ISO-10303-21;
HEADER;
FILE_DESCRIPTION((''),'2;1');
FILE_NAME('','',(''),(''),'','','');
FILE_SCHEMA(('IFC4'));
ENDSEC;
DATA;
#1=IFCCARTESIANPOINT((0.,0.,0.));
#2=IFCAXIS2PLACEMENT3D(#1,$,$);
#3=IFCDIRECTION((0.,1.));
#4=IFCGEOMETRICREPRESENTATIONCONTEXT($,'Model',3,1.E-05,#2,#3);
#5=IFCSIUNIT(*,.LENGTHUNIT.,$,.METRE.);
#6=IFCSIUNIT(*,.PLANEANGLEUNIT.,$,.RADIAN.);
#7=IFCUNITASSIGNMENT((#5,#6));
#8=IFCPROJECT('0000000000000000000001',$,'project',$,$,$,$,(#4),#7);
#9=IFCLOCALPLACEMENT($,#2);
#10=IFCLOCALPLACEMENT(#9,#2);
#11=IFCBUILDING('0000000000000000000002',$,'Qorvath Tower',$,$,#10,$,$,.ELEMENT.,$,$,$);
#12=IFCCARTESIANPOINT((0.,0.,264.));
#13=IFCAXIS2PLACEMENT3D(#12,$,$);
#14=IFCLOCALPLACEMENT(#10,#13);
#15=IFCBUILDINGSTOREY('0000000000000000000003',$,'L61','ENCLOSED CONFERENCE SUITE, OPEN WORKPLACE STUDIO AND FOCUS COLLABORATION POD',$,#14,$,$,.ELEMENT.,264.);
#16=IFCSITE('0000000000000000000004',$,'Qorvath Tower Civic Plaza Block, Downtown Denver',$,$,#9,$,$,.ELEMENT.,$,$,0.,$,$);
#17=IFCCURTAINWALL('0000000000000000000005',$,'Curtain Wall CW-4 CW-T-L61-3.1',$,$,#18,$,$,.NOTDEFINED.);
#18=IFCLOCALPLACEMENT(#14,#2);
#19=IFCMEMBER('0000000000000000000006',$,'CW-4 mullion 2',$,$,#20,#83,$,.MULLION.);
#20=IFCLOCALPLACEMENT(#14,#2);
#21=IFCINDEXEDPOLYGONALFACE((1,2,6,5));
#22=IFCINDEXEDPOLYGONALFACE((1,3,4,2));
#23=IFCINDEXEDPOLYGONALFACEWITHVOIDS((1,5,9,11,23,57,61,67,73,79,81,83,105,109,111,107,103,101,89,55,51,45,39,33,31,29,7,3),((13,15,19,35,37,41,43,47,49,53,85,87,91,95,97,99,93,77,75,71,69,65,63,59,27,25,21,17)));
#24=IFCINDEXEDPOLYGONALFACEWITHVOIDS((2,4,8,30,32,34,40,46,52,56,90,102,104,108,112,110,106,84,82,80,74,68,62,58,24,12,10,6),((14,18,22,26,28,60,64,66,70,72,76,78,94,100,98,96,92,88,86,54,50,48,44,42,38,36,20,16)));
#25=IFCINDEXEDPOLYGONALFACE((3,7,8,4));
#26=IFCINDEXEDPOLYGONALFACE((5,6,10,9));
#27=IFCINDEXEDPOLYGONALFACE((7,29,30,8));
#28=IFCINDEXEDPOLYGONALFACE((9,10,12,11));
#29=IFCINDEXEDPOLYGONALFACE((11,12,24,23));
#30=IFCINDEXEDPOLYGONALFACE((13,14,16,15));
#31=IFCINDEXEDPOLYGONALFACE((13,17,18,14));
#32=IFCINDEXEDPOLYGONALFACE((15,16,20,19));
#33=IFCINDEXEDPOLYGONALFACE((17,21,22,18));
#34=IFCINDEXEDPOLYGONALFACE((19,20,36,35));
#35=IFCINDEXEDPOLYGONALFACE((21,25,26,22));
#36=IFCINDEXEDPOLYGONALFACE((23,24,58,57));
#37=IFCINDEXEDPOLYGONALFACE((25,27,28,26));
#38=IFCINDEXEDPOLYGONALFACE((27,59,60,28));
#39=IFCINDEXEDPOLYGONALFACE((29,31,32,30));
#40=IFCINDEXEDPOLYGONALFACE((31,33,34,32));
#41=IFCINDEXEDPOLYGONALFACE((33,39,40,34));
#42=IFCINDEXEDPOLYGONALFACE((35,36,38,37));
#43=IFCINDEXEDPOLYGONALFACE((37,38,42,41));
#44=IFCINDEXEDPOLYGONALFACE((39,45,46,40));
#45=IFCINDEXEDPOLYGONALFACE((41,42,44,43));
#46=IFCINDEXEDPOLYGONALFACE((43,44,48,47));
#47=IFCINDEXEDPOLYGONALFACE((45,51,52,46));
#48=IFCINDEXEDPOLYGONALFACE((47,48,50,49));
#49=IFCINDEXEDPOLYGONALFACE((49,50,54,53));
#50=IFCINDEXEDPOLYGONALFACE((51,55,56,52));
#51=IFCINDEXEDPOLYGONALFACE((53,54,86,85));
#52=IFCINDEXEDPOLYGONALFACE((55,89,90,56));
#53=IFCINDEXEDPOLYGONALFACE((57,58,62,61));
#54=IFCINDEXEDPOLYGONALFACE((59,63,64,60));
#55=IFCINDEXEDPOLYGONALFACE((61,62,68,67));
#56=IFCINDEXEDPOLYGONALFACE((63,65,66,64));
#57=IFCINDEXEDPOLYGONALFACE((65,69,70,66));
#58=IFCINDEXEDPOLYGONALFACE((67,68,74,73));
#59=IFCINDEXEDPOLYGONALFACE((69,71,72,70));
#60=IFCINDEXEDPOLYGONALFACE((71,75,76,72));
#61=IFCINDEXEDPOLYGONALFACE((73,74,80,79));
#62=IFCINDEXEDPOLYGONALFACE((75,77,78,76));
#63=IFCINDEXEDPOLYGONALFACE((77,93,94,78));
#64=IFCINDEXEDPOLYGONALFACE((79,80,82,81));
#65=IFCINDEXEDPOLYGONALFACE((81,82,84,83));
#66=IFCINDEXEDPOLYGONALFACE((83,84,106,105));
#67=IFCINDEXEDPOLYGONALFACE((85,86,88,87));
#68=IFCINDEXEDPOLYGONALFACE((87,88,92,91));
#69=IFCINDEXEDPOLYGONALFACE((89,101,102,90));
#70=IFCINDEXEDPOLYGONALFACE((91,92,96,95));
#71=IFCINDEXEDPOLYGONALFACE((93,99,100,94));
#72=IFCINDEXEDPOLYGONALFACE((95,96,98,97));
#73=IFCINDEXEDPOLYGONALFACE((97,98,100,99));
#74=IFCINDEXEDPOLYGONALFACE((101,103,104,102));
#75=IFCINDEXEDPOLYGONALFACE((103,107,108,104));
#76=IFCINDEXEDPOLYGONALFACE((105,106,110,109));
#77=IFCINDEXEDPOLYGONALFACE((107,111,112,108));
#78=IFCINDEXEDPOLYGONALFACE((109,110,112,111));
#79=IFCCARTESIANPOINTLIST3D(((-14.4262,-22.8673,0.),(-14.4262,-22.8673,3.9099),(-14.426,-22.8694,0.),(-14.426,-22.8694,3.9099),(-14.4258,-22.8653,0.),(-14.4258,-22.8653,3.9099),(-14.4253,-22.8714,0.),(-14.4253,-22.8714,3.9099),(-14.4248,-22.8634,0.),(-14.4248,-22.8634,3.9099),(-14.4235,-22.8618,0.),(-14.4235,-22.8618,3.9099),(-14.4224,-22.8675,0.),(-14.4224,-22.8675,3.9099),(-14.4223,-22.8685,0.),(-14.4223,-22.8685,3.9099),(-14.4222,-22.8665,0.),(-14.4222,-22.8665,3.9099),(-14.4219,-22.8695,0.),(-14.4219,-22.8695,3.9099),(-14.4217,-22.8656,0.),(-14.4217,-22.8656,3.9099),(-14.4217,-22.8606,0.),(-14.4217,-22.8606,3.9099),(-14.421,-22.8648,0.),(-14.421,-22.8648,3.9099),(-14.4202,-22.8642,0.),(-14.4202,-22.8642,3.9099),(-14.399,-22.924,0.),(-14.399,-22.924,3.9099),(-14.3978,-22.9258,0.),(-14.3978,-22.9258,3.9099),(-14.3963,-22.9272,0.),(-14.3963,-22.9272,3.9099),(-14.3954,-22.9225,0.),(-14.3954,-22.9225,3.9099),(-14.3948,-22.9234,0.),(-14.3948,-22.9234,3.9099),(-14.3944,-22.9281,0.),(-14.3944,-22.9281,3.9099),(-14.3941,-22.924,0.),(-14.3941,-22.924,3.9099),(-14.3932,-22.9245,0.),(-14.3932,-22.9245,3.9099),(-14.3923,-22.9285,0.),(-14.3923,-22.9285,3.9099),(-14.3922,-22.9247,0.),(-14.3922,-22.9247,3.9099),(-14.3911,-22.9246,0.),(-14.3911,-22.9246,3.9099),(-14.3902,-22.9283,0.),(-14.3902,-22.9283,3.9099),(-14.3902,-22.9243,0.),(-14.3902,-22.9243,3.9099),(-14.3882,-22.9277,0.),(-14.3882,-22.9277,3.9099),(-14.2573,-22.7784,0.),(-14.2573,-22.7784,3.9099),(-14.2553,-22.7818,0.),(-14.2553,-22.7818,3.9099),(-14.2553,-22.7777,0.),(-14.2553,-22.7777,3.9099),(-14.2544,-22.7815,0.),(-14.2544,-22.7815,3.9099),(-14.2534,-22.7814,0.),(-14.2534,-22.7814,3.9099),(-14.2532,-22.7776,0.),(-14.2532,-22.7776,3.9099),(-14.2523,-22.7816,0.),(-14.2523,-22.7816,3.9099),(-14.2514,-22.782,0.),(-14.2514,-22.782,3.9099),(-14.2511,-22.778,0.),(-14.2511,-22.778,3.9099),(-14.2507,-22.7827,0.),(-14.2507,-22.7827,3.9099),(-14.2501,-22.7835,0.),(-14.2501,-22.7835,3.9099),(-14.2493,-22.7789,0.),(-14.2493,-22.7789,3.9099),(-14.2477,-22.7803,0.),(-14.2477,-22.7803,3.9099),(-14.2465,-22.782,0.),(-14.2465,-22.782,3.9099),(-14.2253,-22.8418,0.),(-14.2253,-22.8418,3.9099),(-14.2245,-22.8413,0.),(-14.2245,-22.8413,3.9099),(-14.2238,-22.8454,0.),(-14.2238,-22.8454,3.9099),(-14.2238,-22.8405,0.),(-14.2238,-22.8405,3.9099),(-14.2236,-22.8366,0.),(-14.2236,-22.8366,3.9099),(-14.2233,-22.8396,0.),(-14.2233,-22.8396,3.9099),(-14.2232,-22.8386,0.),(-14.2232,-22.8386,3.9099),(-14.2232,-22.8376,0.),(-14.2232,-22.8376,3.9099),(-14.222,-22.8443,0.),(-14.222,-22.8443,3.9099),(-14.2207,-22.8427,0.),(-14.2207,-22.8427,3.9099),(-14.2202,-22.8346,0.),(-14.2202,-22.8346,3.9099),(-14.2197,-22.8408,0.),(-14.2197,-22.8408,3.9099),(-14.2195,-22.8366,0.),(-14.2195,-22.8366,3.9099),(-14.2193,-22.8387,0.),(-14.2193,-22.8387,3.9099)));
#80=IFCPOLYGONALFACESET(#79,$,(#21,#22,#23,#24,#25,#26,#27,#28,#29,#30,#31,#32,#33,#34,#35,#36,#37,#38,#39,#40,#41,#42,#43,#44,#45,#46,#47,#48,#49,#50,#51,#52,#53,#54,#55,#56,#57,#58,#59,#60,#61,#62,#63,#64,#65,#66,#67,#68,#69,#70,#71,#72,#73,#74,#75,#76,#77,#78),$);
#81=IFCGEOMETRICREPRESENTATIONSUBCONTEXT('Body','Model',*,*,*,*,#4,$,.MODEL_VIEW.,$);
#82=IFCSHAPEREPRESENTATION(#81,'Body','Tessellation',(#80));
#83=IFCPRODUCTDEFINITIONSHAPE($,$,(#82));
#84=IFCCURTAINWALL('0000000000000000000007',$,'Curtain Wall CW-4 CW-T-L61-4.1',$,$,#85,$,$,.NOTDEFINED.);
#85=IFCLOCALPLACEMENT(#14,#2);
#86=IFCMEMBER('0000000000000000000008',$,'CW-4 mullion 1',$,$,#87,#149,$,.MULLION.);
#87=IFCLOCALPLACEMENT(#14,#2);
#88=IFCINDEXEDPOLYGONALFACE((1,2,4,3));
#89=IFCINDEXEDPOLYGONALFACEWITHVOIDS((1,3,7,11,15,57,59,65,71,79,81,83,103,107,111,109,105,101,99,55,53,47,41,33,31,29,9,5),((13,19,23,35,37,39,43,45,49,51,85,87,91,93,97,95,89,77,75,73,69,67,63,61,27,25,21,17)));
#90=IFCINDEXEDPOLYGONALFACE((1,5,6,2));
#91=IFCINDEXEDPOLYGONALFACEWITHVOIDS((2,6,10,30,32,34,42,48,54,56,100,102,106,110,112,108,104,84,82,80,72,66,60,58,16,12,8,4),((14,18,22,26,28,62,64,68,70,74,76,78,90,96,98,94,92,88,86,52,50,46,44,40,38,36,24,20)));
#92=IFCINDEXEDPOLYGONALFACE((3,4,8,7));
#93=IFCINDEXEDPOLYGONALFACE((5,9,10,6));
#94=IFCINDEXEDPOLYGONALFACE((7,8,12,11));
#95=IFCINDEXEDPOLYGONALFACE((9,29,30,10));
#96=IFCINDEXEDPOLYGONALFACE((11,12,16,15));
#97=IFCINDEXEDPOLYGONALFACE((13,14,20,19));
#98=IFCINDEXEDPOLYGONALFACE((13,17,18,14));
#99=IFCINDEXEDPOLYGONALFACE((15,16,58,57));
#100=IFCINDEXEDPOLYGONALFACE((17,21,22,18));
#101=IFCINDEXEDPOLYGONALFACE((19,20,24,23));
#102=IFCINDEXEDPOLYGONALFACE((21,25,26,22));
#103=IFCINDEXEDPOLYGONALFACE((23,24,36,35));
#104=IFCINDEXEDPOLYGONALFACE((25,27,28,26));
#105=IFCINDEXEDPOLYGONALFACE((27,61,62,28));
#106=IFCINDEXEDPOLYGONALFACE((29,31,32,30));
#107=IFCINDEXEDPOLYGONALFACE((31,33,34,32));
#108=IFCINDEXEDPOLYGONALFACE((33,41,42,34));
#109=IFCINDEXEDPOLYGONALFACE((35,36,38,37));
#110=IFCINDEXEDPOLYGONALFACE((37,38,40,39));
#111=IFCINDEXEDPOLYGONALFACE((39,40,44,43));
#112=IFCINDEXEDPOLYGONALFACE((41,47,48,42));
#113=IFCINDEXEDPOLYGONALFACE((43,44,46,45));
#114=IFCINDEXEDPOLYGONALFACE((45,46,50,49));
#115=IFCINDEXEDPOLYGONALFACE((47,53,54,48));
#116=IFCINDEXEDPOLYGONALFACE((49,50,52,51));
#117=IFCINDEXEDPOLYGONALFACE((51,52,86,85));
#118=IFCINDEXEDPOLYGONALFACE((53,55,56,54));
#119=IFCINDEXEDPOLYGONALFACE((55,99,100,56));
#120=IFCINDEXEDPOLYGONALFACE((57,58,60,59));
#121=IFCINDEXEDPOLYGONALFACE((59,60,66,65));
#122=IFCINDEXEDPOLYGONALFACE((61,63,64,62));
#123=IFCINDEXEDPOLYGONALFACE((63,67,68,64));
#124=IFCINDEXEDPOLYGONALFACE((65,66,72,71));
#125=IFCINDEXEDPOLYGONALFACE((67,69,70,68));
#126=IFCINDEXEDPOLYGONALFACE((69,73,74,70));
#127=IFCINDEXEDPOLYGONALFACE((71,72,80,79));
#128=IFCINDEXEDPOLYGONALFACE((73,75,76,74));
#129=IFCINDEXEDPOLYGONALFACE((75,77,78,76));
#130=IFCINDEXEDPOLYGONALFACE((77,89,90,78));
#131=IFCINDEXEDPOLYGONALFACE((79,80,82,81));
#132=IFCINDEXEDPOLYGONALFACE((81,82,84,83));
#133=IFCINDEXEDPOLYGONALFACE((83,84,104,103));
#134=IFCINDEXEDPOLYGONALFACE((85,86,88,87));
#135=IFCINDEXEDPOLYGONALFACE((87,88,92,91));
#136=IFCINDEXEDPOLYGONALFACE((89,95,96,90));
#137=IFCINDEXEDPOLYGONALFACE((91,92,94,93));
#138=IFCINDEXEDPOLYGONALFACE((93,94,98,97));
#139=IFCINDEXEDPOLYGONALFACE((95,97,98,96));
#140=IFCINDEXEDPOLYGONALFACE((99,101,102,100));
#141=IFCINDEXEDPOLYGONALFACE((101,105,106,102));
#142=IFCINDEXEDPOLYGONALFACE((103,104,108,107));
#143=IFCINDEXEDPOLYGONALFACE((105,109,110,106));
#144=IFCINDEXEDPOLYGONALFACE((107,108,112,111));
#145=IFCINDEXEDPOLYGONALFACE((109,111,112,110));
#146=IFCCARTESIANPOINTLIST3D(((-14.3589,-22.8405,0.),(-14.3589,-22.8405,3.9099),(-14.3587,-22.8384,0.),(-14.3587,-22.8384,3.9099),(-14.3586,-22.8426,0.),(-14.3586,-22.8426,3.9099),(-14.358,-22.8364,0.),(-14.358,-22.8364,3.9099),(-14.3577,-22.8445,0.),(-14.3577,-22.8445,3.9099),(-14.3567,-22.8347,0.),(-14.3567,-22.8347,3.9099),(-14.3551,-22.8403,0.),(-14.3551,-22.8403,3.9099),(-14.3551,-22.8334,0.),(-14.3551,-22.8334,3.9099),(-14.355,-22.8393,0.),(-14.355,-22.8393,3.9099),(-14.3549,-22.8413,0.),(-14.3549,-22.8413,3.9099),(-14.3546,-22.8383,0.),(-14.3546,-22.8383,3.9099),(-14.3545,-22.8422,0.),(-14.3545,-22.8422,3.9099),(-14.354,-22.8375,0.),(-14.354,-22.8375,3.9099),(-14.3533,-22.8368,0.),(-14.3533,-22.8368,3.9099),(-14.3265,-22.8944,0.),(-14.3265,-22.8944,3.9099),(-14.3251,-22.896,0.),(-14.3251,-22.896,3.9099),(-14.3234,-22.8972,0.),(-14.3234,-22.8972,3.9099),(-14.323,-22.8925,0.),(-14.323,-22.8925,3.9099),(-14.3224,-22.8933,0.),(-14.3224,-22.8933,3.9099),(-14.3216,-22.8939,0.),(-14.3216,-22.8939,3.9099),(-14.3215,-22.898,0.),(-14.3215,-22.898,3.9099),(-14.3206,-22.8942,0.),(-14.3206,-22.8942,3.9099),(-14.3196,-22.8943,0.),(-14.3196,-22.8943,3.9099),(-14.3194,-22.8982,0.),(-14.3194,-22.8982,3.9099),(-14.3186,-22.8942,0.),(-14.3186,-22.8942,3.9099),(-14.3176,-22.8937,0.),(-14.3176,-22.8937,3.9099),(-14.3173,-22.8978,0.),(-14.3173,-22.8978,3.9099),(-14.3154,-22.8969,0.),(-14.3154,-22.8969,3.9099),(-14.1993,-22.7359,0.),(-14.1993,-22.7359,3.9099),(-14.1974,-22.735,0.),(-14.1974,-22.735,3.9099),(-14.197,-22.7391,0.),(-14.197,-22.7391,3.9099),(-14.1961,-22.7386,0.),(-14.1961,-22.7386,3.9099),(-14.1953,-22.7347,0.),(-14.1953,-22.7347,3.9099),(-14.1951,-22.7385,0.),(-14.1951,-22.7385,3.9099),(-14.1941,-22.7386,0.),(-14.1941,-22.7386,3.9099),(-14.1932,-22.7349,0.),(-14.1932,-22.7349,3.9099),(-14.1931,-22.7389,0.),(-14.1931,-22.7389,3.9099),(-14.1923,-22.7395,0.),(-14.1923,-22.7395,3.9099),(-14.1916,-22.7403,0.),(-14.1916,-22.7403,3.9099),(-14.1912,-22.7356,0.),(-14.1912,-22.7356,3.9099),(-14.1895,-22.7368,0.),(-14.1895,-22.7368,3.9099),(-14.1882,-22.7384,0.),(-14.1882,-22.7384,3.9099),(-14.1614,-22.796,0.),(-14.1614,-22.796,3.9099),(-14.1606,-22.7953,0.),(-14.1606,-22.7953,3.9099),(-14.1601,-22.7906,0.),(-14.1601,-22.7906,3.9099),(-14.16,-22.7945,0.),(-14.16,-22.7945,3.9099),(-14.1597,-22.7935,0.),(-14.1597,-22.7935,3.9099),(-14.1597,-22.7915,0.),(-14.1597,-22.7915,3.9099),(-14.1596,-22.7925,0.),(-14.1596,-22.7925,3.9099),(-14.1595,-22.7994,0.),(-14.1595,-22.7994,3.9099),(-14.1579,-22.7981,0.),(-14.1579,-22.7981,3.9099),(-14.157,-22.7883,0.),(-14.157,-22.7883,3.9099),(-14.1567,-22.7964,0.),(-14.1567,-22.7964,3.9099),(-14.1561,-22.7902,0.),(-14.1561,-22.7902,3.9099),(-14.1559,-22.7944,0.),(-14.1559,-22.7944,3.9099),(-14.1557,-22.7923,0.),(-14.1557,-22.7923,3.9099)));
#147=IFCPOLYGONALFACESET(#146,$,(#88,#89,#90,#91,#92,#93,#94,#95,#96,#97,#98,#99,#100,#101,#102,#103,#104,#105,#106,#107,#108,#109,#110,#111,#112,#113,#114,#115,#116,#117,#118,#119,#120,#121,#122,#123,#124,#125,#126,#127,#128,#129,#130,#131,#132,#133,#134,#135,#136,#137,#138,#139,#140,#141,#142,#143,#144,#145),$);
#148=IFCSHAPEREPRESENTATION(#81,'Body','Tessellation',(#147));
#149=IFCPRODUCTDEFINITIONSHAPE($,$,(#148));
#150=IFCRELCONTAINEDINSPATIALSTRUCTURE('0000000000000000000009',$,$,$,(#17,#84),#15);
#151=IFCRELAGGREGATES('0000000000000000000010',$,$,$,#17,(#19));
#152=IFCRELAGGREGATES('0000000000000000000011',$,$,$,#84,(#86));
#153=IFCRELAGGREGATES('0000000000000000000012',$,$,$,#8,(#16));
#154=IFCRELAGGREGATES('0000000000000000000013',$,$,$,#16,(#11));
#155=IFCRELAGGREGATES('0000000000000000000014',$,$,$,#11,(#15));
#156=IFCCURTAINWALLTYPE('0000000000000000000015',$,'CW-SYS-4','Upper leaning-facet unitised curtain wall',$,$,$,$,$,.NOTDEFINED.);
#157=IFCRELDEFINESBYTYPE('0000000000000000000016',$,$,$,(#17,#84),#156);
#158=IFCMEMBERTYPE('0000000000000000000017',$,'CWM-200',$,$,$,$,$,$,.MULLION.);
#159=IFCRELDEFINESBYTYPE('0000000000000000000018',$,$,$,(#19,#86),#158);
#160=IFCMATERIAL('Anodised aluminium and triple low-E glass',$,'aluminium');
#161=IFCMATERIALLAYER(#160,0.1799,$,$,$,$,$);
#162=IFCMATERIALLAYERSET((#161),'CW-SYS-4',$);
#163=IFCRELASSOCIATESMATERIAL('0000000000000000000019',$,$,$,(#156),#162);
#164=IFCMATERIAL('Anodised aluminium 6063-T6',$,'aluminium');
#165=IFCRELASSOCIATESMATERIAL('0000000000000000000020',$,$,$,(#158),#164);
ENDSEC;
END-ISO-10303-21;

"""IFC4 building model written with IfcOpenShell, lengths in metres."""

from ifc_helpers import new_model, si_unit, direction, frame, origin, origin_2d, place, context, subcontext, project, spatial, hollow_rectangle, extrude, material, layer, layer_set, material_profile, profile_set, type_object, element, aggregate, save


model = new_model("IFC4")

# Units and contexts
model_context = context("Model", 3, precision=1e-05, world=origin(), true_north=direction((0.0, 1.0)))
body_context = subcontext(model_context, "Body", "Model", "MODEL_VIEW")
ifc_project = project(units=[si_unit("LENGTHUNIT", "METRE"), si_unit("PLANEANGLEUNIT", "RADIAN")], contexts=[model_context])

# Site, building, storey
site_placement = place(None, origin())
site = spatial("IfcSite", under=ifc_project, at=site_placement, Name="Qorvath Tower Civic Plaza Block, Downtown Denver", CompositionType="ELEMENT", RefElevation=0.0)
building_placement = place(site_placement, origin())
building = spatial("IfcBuilding", under=site, at=building_placement, Name="Qorvath Tower", CompositionType="ELEMENT")
storey_placement = place(building_placement, frame((0.0, 0.0, 264.0)))
storey = spatial("IfcBuildingStorey", under=building, at=storey_placement, Name="L61", Description="ENCLOSED CONFERENCE SUITE, OPEN WORKPLACE STUDIO AND FOCUS COLLABORATION POD", CompositionType="ELEMENT", Elevation=264.0)

# Curtain wall, member
ifc_material_1 = material(Name="Anodised aluminium and triple low-E glass", Category="aluminium")
ifc_layer_1 = layer(ifc_material_1, 0.1799)
ifc_layer_set_1 = layer_set([ifc_layer_1], Name="CW-SYS-4")
curtain_wall_type = type_object("IfcCurtainWallType", Name="CW-SYS-4", Description="Upper leaning-facet unitised curtain wall", PredefinedType="NOTDEFINED", material=ifc_layer_set_1)
curtain_wall_1_placement = place(storey_placement, origin())
curtain_wall_1 = element("IfcCurtainWall", 1, at=curtain_wall_1_placement, inside=storey, type_object=curtain_wall_type, Name="Curtain Wall CW-4 CW-T-L61-3.1", PredefinedType="NOTDEFINED")
ifc_material_2 = material(Name="Anodised aluminium 6063-T6", Category="aluminium")
ifc_material_profile_1 = material_profile(ifc_material_2, hollow_rectangle(XDim=0.075, YDim=0.2, WallThickness=0.0039, InnerFilletRadius=0.0039, OuterFilletRadius=0.0081, at=origin_2d()), Name="CWM 200x75")
ifc_profile_set_1 = profile_set([ifc_material_profile_1], Name="Anodised aluminium 6063-T6")
member_type_1 = type_object("IfcMemberType", Name="CWM-200", PredefinedType="MULLION", material=ifc_profile_set_1)
member_1_placement = place(storey_placement, frame((-14.3228, -22.853, 0.0), z_axis=(0.0, 0.0, 1.0), x_axis=(-0.447193, 0.894437, 0.0)))
member_1 = element("IfcMember", 2, at=member_1_placement, type_object=member_type_1, Name="CW-4 mullion 2", PredefinedType="MULLION", context=body_context, shape_type="SweptSolid", body=[
    extrude(hollow_rectangle(XDim=0.075, YDim=0.2, WallThickness=0.0039, InnerFilletRadius=0.0039, OuterFilletRadius=0.0081, at=origin_2d()), origin(), (0.0, 0.0, 1.0), 3.9099),
])

# Curtain wall, member
curtain_wall_2_placement = place(storey_placement, origin())
curtain_wall_2 = element("IfcCurtainWall", 3, at=curtain_wall_2_placement, inside=storey, type_object=curtain_wall_type, Name="Curtain Wall CW-4 CW-T-L61-4.1", PredefinedType="NOTDEFINED")
member_2_placement = place(storey_placement, frame((-14.2573, -22.8164, 0.0), z_axis=(0.0, 0.0, 1.0), x_axis=(-0.530412, 0.84774, 0.0)))
member_2 = element("IfcMember", 4, at=member_2_placement, type_object=member_type_1, Name="CW-4 mullion 1", PredefinedType="MULLION", context=body_context, shape_type="SweptSolid", body=[
    extrude(hollow_rectangle(XDim=0.075, YDim=0.2, WallThickness=0.0039, InnerFilletRadius=0.0039, OuterFilletRadius=0.0081, at=origin_2d()), origin(), (0.0, 0.0, 1.0), 3.9099),
])

aggregate(curtain_wall_1, [member_1])
aggregate(curtain_wall_2, [member_2])

save(model, "model.ifc")
